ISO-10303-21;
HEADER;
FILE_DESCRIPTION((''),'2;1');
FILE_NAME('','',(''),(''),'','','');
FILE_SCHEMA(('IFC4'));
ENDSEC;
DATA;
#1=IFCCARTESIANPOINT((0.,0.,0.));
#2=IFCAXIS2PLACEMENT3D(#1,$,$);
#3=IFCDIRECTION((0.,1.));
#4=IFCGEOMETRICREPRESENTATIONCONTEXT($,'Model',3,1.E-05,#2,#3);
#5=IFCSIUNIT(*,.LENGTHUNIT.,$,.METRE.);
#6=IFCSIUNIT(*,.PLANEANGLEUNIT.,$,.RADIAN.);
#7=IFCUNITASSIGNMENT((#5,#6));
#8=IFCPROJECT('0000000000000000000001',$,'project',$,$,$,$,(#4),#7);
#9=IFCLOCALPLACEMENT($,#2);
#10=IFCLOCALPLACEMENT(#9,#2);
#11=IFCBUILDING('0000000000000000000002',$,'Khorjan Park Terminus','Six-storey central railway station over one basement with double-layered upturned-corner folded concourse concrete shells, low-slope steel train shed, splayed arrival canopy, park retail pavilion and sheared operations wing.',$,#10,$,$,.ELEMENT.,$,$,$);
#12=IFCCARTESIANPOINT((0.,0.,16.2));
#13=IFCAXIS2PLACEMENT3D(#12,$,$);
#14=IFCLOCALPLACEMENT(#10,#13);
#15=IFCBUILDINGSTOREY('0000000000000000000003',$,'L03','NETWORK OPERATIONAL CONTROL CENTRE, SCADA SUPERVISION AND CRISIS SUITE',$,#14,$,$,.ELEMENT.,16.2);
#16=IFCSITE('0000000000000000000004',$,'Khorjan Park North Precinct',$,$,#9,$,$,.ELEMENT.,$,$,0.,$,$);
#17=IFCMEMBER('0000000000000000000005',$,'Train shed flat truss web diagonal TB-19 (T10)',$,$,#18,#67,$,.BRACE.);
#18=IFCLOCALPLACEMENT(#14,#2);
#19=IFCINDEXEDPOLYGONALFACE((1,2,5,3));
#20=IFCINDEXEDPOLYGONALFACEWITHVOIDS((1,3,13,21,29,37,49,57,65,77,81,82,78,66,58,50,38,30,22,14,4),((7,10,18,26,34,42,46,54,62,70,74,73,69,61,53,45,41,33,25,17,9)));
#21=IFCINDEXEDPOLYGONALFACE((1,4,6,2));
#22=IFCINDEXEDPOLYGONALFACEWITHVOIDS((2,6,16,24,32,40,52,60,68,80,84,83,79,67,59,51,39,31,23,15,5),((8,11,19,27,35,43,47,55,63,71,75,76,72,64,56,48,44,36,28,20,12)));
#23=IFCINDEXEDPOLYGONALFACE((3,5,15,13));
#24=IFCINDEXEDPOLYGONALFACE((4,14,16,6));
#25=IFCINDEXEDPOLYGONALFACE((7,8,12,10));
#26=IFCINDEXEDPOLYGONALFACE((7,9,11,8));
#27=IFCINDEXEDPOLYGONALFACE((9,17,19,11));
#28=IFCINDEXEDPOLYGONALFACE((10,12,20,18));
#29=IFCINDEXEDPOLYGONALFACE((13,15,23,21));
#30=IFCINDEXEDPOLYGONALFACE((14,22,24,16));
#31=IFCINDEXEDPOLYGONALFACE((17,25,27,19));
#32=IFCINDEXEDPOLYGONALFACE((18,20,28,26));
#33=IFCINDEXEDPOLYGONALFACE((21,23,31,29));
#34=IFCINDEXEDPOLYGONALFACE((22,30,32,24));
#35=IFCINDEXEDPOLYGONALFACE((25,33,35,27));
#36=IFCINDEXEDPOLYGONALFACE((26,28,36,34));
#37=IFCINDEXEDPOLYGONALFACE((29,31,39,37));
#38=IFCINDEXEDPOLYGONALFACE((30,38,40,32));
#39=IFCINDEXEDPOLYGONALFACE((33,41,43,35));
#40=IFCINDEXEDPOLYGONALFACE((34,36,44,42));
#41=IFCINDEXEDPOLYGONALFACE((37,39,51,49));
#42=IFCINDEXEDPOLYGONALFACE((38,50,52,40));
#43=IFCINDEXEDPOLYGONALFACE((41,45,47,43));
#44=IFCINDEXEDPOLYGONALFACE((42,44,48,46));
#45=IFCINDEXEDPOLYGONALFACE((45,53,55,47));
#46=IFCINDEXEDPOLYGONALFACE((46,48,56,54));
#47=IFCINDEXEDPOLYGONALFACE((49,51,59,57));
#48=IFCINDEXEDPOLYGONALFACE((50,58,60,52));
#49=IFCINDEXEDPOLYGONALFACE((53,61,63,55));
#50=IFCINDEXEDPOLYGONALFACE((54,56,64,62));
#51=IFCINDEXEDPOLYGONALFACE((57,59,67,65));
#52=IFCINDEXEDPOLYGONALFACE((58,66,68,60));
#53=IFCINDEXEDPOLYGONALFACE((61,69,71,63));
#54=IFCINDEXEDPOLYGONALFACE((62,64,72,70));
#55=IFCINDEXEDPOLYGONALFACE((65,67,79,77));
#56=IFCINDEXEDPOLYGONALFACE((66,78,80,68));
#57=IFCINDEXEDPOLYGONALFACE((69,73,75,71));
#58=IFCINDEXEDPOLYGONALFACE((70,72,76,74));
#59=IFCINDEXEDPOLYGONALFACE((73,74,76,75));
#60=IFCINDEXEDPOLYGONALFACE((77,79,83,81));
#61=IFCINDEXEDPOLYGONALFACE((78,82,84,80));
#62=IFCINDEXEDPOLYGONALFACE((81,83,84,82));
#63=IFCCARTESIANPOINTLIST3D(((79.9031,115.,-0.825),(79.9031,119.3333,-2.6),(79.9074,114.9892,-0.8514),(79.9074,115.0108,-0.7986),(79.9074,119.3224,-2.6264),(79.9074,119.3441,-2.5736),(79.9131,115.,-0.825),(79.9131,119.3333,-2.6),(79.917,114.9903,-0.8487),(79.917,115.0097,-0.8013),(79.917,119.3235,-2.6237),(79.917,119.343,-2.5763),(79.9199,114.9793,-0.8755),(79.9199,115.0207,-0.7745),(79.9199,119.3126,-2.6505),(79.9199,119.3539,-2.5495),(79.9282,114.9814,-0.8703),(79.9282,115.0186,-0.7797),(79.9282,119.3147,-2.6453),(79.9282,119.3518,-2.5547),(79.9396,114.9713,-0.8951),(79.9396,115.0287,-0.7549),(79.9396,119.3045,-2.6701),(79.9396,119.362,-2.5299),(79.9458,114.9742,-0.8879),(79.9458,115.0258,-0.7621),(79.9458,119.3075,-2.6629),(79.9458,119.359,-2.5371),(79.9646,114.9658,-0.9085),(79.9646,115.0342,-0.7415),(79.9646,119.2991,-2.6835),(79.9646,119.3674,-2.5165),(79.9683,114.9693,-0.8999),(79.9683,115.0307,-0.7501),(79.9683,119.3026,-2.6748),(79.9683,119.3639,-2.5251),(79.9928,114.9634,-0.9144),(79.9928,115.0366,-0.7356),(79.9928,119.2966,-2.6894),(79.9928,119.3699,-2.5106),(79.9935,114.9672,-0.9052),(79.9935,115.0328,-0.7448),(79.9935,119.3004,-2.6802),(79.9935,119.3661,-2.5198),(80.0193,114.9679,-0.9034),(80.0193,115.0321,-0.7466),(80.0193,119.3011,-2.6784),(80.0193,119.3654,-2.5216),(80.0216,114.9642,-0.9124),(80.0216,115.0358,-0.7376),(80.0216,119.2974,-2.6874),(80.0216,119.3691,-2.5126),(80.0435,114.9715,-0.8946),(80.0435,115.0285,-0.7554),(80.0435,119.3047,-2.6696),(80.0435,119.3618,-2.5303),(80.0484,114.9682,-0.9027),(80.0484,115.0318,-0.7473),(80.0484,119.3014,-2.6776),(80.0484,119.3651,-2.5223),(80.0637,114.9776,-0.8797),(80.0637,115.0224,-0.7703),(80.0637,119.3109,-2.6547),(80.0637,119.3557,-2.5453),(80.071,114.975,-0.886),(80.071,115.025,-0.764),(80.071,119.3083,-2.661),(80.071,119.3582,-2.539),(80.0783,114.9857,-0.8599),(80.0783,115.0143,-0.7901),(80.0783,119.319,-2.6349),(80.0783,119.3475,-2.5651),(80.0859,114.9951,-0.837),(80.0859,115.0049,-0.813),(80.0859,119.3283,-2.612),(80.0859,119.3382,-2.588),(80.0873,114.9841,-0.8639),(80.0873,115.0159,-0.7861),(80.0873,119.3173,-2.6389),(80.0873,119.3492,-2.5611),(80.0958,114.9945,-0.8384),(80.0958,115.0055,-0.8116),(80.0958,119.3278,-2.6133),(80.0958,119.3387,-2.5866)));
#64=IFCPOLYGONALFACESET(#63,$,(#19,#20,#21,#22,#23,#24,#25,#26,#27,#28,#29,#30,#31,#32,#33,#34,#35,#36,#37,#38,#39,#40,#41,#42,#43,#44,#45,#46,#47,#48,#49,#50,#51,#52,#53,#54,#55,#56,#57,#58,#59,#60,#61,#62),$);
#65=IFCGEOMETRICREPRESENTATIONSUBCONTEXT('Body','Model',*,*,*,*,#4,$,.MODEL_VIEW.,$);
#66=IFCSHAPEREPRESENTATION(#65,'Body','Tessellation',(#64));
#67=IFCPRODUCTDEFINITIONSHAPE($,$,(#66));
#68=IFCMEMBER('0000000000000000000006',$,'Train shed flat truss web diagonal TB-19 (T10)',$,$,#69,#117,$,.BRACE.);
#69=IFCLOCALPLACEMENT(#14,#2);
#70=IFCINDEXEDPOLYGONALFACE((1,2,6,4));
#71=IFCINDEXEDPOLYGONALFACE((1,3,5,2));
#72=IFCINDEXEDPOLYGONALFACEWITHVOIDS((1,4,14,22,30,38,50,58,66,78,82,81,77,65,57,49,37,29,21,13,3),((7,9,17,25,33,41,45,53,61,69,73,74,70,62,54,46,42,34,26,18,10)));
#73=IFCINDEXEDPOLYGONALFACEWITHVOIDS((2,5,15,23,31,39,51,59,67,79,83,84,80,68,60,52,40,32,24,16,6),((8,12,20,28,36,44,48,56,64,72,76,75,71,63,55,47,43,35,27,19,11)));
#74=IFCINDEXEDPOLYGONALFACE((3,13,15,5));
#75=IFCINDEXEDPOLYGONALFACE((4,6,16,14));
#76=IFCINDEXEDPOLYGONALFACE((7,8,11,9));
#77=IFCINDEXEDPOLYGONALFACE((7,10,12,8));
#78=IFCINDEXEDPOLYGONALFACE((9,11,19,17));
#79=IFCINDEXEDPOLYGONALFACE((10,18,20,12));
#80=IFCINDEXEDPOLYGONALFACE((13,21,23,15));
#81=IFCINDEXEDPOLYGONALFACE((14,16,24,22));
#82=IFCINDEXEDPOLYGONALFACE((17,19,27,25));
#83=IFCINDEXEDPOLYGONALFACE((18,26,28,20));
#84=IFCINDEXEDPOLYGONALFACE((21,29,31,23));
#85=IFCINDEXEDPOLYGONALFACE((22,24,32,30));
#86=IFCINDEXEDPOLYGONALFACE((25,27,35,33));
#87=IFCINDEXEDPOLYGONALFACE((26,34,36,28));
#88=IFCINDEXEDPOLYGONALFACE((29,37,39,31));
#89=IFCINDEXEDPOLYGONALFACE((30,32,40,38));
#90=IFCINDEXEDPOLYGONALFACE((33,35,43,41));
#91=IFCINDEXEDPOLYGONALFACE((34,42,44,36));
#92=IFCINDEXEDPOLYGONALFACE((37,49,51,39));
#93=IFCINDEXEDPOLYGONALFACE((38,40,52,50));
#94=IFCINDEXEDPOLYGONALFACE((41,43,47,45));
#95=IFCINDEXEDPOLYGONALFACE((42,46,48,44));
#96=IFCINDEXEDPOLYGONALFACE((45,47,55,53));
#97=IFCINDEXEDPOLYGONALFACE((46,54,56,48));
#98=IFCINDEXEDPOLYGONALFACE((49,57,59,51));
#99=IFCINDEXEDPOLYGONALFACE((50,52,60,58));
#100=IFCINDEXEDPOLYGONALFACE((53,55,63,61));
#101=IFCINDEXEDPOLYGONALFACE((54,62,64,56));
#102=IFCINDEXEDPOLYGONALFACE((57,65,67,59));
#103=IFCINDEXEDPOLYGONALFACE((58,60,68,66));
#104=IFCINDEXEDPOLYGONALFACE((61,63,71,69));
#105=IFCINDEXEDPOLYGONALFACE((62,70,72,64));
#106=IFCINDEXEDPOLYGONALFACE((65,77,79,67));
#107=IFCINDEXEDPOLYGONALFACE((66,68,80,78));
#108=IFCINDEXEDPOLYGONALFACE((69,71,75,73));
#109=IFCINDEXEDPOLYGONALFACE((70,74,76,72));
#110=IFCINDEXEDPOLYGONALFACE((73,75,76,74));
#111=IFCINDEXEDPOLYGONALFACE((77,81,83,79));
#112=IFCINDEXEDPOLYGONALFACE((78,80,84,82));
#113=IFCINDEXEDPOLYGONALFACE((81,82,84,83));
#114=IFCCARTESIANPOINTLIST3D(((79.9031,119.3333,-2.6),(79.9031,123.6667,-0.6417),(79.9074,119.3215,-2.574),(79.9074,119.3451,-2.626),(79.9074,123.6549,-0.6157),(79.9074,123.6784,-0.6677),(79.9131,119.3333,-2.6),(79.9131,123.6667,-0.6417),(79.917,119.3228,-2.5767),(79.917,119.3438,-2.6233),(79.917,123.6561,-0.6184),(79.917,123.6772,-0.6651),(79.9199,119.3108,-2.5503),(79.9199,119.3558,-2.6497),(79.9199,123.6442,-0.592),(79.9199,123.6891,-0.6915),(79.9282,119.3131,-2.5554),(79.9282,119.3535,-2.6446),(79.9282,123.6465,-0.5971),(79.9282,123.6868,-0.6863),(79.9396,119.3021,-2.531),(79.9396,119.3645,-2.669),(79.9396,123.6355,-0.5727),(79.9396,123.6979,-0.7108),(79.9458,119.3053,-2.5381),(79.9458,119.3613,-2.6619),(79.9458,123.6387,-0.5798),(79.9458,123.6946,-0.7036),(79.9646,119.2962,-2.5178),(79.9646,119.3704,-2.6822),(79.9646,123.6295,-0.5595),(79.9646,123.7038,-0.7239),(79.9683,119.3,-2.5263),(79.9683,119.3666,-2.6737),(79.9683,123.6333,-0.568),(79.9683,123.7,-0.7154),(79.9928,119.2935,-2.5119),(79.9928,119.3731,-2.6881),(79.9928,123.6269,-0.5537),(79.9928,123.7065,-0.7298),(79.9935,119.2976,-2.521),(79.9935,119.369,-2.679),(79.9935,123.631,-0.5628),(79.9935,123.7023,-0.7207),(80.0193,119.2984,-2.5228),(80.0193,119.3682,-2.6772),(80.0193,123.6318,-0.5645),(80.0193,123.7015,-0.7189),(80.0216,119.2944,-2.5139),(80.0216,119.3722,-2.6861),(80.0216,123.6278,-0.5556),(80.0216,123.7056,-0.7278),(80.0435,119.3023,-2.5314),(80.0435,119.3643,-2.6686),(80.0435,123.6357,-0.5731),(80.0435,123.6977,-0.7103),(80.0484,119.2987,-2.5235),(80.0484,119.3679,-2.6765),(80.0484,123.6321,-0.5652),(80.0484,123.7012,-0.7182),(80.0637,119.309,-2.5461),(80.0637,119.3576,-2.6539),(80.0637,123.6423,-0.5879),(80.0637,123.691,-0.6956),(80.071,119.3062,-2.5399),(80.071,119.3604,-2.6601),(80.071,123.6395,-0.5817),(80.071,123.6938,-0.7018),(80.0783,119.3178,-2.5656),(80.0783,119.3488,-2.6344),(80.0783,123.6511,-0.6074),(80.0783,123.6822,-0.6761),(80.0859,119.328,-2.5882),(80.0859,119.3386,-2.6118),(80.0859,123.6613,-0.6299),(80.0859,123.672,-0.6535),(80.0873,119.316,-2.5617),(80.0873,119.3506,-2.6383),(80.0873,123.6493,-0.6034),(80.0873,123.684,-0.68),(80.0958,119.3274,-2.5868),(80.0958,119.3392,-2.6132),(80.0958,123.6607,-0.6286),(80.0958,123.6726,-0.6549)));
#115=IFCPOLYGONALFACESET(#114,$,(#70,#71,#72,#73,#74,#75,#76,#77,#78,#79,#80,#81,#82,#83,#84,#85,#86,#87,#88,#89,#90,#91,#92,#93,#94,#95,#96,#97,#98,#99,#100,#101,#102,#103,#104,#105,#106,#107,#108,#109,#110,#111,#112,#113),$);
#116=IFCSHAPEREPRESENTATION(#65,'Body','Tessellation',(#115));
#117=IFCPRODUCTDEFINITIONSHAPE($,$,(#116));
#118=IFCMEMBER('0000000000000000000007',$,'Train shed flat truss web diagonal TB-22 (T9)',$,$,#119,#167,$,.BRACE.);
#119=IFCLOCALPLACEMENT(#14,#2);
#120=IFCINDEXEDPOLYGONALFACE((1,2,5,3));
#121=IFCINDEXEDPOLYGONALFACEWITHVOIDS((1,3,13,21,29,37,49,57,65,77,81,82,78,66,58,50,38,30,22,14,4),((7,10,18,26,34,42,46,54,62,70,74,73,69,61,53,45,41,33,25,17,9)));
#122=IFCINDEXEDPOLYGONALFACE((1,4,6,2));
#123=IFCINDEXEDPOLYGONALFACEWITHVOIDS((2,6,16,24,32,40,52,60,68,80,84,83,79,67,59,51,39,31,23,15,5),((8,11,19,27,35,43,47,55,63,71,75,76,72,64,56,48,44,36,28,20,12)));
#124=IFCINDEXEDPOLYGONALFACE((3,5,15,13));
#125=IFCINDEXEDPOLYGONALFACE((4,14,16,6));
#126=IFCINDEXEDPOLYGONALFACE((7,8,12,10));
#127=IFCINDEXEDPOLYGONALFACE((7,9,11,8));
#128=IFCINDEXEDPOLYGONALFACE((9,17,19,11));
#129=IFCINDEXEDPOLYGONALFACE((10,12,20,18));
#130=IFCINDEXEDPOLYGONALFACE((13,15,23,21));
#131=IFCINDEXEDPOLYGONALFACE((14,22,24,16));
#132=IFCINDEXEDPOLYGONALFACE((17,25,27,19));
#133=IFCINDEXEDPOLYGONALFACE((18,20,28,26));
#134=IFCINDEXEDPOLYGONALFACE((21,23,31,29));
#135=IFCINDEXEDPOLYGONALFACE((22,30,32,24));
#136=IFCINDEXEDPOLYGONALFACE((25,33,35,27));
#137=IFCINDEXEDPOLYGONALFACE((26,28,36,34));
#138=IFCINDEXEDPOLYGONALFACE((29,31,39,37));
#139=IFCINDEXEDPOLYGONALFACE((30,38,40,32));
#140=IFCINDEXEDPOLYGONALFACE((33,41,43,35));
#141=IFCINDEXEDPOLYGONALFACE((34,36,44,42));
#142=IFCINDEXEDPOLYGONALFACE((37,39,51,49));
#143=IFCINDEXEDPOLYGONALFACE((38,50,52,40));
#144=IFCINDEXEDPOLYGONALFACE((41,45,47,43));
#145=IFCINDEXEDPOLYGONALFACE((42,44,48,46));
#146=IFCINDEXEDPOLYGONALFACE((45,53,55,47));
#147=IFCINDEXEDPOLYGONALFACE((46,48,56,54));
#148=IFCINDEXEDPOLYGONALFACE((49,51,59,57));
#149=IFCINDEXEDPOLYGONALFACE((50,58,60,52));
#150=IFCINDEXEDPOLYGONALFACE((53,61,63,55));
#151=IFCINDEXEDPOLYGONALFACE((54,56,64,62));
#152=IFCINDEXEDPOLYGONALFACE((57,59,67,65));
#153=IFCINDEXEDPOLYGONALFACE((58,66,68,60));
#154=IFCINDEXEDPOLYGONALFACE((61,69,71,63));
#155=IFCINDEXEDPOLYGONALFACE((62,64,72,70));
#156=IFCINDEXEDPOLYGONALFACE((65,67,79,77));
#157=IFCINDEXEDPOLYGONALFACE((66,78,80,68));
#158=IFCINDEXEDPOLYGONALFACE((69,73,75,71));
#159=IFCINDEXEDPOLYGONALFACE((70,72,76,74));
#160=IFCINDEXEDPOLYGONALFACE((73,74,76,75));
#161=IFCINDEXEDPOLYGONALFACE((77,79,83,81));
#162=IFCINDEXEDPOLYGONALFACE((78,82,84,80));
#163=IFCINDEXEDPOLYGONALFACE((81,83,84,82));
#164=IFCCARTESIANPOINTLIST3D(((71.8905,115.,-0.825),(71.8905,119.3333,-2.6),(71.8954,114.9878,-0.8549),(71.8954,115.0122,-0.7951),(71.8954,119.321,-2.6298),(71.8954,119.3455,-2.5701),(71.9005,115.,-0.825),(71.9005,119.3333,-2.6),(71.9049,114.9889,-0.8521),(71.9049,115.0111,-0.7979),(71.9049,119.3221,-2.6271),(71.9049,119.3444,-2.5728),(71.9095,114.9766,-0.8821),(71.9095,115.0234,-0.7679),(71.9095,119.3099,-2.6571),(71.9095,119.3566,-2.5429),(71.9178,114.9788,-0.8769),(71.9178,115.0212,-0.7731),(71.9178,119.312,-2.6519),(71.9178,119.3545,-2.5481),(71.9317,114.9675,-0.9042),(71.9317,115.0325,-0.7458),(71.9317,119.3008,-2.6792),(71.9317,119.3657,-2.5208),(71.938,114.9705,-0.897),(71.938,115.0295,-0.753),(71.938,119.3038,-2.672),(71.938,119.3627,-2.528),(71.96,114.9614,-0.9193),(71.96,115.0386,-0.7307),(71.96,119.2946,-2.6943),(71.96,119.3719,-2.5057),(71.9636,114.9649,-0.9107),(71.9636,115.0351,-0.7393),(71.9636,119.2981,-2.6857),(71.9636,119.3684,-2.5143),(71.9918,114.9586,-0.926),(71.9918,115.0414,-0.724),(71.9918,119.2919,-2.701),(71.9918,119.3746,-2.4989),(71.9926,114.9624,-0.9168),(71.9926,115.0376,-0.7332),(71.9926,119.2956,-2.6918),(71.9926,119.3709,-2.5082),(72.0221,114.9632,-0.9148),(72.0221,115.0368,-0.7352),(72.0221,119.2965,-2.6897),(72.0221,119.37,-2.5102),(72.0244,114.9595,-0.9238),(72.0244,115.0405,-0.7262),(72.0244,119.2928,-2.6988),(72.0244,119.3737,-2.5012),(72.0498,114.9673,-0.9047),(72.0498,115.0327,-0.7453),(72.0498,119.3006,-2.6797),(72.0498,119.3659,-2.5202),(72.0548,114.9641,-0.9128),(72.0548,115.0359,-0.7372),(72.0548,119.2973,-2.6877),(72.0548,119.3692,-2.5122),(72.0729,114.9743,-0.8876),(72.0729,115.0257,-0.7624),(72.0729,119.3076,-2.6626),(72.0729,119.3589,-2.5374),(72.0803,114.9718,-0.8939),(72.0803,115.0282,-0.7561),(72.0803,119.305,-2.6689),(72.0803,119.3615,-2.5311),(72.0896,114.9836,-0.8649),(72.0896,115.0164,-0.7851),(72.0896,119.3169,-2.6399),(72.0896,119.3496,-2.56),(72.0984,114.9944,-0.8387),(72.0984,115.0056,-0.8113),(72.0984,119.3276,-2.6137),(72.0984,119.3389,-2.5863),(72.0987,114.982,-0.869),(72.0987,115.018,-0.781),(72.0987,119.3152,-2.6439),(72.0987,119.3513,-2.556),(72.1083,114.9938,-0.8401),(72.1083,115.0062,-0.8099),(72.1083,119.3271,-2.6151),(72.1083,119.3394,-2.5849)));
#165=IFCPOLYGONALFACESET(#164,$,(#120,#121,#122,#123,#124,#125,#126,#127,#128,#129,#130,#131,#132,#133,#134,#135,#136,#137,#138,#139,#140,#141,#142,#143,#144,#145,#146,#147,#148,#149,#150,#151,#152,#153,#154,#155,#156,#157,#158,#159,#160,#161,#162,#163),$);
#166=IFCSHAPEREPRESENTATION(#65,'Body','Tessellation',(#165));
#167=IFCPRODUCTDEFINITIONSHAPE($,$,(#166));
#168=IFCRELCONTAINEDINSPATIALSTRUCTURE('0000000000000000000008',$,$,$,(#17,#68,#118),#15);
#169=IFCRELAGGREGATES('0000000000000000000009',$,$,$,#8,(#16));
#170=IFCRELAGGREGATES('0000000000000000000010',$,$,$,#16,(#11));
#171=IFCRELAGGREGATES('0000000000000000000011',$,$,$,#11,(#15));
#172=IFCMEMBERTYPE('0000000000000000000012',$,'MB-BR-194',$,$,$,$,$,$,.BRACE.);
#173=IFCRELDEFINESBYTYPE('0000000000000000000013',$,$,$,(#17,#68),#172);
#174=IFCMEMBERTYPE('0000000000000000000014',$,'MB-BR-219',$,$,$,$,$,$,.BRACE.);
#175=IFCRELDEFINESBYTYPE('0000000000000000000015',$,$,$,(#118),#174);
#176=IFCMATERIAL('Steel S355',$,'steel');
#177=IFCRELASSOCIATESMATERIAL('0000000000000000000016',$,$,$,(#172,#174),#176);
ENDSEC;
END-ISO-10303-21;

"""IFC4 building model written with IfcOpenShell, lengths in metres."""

from ifc_helpers import new_model, si_unit, direction, frame, origin, origin_2d, place, context, subcontext, project, spatial, hollow_circle, extrude, material, material_profile, profile_set, type_object, element, save


model = new_model("IFC4")

# Units and contexts
model_context = context("Model", 3, precision=1e-05, world=origin(), true_north=direction((0.0, 1.0)))
body_context = subcontext(model_context, "Body", "Model", "MODEL_VIEW")
ifc_project = project(units=[si_unit("LENGTHUNIT", "METRE"), si_unit("PLANEANGLEUNIT", "RADIAN")], contexts=[model_context])

# Site, building, storey
site_placement = place(None, origin())
site = spatial("IfcSite", under=ifc_project, at=site_placement, Name="Khorjan Park North Precinct", CompositionType="ELEMENT", RefElevation=0.0)
building_placement = place(site_placement, origin())
building = spatial("IfcBuilding", under=site, at=building_placement, Name="Khorjan Park Terminus", Description="Six-storey central railway station over one basement with double-layered upturned-corner folded concourse concrete shells, low-slope steel train shed, splayed arrival canopy, park retail pavilion and sheared operations wing.", CompositionType="ELEMENT")
storey_placement = place(building_placement, frame((0.0, 0.0, 16.2)))
storey = spatial("IfcBuildingStorey", under=building, at=storey_placement, Name="L03", Description="NETWORK OPERATIONAL CONTROL CENTRE, SCADA SUPERVISION AND CRISIS SUITE", CompositionType="ELEMENT", Elevation=16.2)

# Members
ifc_material = material(Name="Steel S355", Category="steel")
ifc_material_profile_1 = material_profile(ifc_material, hollow_circle(Radius=0.0969, WallThickness=0.01, at=origin_2d()), Name="CHS 193.7x10")
ifc_profile_set_1 = profile_set([ifc_material_profile_1], Name="Steel S355")
member_type_1 = type_object("IfcMemberType", Name="MB-BR-194", PredefinedType="BRACE", material=ifc_profile_set_1)
member_1_placement = place(storey_placement, frame((80.0, 115.0, -0.825), z_axis=(0.0, 0.925376, -0.379051), x_axis=(-1.0, 0.0, 0.0)))
element("IfcMember", 1, at=member_1_placement, inside=storey, type_object=member_type_1, Name="Train shed flat truss web diagonal TB-19 (T10)", PredefinedType="BRACE", context=body_context, shape_type="SweptSolid", body=[
    extrude(hollow_circle(Radius=0.0969, WallThickness=0.01, at=origin_2d()), origin(), (0.0, 0.0, 1.0), 4.6827),
])
member_2_placement = place(storey_placement, frame((80.0, 119.3333, -2.6), z_axis=(0.0, 0.91127, 0.41181), x_axis=(-1.0, 0.0, 0.0)))
element("IfcMember", 2, at=member_2_placement, inside=storey, type_object=member_type_1, Name="Train shed flat truss web diagonal TB-19 (T10)", PredefinedType="BRACE", context=body_context, shape_type="SweptSolid", body=[
    extrude(hollow_circle(Radius=0.0969, WallThickness=0.01, at=origin_2d()), origin(), (0.0, 0.0, 1.0), 4.7553),
])
ifc_material_profile_2 = material_profile(ifc_material, hollow_circle(Radius=0.1095, WallThickness=0.01, at=origin_2d()), Name="CHS 219.1x10")
ifc_profile_set_2 = profile_set([ifc_material_profile_2], Name="Steel S355")
member_type_2 = type_object("IfcMemberType", Name="MB-BR-219", PredefinedType="BRACE", material=ifc_profile_set_2)
member_3_placement = place(storey_placement, frame((72.0, 115.0, -0.825), z_axis=(0.0, 0.925376, -0.379051), x_axis=(-1.0, 0.0, 0.0)))
element("IfcMember", 3, at=member_3_placement, inside=storey, type_object=member_type_2, Name="Train shed flat truss web diagonal TB-22 (T9)", PredefinedType="BRACE", context=body_context, shape_type="SweptSolid", body=[
    extrude(hollow_circle(Radius=0.1095, WallThickness=0.01, at=origin_2d()), origin(), (0.0, 0.0, 1.0), 4.6827),
])

save(model, "model.ifc")
